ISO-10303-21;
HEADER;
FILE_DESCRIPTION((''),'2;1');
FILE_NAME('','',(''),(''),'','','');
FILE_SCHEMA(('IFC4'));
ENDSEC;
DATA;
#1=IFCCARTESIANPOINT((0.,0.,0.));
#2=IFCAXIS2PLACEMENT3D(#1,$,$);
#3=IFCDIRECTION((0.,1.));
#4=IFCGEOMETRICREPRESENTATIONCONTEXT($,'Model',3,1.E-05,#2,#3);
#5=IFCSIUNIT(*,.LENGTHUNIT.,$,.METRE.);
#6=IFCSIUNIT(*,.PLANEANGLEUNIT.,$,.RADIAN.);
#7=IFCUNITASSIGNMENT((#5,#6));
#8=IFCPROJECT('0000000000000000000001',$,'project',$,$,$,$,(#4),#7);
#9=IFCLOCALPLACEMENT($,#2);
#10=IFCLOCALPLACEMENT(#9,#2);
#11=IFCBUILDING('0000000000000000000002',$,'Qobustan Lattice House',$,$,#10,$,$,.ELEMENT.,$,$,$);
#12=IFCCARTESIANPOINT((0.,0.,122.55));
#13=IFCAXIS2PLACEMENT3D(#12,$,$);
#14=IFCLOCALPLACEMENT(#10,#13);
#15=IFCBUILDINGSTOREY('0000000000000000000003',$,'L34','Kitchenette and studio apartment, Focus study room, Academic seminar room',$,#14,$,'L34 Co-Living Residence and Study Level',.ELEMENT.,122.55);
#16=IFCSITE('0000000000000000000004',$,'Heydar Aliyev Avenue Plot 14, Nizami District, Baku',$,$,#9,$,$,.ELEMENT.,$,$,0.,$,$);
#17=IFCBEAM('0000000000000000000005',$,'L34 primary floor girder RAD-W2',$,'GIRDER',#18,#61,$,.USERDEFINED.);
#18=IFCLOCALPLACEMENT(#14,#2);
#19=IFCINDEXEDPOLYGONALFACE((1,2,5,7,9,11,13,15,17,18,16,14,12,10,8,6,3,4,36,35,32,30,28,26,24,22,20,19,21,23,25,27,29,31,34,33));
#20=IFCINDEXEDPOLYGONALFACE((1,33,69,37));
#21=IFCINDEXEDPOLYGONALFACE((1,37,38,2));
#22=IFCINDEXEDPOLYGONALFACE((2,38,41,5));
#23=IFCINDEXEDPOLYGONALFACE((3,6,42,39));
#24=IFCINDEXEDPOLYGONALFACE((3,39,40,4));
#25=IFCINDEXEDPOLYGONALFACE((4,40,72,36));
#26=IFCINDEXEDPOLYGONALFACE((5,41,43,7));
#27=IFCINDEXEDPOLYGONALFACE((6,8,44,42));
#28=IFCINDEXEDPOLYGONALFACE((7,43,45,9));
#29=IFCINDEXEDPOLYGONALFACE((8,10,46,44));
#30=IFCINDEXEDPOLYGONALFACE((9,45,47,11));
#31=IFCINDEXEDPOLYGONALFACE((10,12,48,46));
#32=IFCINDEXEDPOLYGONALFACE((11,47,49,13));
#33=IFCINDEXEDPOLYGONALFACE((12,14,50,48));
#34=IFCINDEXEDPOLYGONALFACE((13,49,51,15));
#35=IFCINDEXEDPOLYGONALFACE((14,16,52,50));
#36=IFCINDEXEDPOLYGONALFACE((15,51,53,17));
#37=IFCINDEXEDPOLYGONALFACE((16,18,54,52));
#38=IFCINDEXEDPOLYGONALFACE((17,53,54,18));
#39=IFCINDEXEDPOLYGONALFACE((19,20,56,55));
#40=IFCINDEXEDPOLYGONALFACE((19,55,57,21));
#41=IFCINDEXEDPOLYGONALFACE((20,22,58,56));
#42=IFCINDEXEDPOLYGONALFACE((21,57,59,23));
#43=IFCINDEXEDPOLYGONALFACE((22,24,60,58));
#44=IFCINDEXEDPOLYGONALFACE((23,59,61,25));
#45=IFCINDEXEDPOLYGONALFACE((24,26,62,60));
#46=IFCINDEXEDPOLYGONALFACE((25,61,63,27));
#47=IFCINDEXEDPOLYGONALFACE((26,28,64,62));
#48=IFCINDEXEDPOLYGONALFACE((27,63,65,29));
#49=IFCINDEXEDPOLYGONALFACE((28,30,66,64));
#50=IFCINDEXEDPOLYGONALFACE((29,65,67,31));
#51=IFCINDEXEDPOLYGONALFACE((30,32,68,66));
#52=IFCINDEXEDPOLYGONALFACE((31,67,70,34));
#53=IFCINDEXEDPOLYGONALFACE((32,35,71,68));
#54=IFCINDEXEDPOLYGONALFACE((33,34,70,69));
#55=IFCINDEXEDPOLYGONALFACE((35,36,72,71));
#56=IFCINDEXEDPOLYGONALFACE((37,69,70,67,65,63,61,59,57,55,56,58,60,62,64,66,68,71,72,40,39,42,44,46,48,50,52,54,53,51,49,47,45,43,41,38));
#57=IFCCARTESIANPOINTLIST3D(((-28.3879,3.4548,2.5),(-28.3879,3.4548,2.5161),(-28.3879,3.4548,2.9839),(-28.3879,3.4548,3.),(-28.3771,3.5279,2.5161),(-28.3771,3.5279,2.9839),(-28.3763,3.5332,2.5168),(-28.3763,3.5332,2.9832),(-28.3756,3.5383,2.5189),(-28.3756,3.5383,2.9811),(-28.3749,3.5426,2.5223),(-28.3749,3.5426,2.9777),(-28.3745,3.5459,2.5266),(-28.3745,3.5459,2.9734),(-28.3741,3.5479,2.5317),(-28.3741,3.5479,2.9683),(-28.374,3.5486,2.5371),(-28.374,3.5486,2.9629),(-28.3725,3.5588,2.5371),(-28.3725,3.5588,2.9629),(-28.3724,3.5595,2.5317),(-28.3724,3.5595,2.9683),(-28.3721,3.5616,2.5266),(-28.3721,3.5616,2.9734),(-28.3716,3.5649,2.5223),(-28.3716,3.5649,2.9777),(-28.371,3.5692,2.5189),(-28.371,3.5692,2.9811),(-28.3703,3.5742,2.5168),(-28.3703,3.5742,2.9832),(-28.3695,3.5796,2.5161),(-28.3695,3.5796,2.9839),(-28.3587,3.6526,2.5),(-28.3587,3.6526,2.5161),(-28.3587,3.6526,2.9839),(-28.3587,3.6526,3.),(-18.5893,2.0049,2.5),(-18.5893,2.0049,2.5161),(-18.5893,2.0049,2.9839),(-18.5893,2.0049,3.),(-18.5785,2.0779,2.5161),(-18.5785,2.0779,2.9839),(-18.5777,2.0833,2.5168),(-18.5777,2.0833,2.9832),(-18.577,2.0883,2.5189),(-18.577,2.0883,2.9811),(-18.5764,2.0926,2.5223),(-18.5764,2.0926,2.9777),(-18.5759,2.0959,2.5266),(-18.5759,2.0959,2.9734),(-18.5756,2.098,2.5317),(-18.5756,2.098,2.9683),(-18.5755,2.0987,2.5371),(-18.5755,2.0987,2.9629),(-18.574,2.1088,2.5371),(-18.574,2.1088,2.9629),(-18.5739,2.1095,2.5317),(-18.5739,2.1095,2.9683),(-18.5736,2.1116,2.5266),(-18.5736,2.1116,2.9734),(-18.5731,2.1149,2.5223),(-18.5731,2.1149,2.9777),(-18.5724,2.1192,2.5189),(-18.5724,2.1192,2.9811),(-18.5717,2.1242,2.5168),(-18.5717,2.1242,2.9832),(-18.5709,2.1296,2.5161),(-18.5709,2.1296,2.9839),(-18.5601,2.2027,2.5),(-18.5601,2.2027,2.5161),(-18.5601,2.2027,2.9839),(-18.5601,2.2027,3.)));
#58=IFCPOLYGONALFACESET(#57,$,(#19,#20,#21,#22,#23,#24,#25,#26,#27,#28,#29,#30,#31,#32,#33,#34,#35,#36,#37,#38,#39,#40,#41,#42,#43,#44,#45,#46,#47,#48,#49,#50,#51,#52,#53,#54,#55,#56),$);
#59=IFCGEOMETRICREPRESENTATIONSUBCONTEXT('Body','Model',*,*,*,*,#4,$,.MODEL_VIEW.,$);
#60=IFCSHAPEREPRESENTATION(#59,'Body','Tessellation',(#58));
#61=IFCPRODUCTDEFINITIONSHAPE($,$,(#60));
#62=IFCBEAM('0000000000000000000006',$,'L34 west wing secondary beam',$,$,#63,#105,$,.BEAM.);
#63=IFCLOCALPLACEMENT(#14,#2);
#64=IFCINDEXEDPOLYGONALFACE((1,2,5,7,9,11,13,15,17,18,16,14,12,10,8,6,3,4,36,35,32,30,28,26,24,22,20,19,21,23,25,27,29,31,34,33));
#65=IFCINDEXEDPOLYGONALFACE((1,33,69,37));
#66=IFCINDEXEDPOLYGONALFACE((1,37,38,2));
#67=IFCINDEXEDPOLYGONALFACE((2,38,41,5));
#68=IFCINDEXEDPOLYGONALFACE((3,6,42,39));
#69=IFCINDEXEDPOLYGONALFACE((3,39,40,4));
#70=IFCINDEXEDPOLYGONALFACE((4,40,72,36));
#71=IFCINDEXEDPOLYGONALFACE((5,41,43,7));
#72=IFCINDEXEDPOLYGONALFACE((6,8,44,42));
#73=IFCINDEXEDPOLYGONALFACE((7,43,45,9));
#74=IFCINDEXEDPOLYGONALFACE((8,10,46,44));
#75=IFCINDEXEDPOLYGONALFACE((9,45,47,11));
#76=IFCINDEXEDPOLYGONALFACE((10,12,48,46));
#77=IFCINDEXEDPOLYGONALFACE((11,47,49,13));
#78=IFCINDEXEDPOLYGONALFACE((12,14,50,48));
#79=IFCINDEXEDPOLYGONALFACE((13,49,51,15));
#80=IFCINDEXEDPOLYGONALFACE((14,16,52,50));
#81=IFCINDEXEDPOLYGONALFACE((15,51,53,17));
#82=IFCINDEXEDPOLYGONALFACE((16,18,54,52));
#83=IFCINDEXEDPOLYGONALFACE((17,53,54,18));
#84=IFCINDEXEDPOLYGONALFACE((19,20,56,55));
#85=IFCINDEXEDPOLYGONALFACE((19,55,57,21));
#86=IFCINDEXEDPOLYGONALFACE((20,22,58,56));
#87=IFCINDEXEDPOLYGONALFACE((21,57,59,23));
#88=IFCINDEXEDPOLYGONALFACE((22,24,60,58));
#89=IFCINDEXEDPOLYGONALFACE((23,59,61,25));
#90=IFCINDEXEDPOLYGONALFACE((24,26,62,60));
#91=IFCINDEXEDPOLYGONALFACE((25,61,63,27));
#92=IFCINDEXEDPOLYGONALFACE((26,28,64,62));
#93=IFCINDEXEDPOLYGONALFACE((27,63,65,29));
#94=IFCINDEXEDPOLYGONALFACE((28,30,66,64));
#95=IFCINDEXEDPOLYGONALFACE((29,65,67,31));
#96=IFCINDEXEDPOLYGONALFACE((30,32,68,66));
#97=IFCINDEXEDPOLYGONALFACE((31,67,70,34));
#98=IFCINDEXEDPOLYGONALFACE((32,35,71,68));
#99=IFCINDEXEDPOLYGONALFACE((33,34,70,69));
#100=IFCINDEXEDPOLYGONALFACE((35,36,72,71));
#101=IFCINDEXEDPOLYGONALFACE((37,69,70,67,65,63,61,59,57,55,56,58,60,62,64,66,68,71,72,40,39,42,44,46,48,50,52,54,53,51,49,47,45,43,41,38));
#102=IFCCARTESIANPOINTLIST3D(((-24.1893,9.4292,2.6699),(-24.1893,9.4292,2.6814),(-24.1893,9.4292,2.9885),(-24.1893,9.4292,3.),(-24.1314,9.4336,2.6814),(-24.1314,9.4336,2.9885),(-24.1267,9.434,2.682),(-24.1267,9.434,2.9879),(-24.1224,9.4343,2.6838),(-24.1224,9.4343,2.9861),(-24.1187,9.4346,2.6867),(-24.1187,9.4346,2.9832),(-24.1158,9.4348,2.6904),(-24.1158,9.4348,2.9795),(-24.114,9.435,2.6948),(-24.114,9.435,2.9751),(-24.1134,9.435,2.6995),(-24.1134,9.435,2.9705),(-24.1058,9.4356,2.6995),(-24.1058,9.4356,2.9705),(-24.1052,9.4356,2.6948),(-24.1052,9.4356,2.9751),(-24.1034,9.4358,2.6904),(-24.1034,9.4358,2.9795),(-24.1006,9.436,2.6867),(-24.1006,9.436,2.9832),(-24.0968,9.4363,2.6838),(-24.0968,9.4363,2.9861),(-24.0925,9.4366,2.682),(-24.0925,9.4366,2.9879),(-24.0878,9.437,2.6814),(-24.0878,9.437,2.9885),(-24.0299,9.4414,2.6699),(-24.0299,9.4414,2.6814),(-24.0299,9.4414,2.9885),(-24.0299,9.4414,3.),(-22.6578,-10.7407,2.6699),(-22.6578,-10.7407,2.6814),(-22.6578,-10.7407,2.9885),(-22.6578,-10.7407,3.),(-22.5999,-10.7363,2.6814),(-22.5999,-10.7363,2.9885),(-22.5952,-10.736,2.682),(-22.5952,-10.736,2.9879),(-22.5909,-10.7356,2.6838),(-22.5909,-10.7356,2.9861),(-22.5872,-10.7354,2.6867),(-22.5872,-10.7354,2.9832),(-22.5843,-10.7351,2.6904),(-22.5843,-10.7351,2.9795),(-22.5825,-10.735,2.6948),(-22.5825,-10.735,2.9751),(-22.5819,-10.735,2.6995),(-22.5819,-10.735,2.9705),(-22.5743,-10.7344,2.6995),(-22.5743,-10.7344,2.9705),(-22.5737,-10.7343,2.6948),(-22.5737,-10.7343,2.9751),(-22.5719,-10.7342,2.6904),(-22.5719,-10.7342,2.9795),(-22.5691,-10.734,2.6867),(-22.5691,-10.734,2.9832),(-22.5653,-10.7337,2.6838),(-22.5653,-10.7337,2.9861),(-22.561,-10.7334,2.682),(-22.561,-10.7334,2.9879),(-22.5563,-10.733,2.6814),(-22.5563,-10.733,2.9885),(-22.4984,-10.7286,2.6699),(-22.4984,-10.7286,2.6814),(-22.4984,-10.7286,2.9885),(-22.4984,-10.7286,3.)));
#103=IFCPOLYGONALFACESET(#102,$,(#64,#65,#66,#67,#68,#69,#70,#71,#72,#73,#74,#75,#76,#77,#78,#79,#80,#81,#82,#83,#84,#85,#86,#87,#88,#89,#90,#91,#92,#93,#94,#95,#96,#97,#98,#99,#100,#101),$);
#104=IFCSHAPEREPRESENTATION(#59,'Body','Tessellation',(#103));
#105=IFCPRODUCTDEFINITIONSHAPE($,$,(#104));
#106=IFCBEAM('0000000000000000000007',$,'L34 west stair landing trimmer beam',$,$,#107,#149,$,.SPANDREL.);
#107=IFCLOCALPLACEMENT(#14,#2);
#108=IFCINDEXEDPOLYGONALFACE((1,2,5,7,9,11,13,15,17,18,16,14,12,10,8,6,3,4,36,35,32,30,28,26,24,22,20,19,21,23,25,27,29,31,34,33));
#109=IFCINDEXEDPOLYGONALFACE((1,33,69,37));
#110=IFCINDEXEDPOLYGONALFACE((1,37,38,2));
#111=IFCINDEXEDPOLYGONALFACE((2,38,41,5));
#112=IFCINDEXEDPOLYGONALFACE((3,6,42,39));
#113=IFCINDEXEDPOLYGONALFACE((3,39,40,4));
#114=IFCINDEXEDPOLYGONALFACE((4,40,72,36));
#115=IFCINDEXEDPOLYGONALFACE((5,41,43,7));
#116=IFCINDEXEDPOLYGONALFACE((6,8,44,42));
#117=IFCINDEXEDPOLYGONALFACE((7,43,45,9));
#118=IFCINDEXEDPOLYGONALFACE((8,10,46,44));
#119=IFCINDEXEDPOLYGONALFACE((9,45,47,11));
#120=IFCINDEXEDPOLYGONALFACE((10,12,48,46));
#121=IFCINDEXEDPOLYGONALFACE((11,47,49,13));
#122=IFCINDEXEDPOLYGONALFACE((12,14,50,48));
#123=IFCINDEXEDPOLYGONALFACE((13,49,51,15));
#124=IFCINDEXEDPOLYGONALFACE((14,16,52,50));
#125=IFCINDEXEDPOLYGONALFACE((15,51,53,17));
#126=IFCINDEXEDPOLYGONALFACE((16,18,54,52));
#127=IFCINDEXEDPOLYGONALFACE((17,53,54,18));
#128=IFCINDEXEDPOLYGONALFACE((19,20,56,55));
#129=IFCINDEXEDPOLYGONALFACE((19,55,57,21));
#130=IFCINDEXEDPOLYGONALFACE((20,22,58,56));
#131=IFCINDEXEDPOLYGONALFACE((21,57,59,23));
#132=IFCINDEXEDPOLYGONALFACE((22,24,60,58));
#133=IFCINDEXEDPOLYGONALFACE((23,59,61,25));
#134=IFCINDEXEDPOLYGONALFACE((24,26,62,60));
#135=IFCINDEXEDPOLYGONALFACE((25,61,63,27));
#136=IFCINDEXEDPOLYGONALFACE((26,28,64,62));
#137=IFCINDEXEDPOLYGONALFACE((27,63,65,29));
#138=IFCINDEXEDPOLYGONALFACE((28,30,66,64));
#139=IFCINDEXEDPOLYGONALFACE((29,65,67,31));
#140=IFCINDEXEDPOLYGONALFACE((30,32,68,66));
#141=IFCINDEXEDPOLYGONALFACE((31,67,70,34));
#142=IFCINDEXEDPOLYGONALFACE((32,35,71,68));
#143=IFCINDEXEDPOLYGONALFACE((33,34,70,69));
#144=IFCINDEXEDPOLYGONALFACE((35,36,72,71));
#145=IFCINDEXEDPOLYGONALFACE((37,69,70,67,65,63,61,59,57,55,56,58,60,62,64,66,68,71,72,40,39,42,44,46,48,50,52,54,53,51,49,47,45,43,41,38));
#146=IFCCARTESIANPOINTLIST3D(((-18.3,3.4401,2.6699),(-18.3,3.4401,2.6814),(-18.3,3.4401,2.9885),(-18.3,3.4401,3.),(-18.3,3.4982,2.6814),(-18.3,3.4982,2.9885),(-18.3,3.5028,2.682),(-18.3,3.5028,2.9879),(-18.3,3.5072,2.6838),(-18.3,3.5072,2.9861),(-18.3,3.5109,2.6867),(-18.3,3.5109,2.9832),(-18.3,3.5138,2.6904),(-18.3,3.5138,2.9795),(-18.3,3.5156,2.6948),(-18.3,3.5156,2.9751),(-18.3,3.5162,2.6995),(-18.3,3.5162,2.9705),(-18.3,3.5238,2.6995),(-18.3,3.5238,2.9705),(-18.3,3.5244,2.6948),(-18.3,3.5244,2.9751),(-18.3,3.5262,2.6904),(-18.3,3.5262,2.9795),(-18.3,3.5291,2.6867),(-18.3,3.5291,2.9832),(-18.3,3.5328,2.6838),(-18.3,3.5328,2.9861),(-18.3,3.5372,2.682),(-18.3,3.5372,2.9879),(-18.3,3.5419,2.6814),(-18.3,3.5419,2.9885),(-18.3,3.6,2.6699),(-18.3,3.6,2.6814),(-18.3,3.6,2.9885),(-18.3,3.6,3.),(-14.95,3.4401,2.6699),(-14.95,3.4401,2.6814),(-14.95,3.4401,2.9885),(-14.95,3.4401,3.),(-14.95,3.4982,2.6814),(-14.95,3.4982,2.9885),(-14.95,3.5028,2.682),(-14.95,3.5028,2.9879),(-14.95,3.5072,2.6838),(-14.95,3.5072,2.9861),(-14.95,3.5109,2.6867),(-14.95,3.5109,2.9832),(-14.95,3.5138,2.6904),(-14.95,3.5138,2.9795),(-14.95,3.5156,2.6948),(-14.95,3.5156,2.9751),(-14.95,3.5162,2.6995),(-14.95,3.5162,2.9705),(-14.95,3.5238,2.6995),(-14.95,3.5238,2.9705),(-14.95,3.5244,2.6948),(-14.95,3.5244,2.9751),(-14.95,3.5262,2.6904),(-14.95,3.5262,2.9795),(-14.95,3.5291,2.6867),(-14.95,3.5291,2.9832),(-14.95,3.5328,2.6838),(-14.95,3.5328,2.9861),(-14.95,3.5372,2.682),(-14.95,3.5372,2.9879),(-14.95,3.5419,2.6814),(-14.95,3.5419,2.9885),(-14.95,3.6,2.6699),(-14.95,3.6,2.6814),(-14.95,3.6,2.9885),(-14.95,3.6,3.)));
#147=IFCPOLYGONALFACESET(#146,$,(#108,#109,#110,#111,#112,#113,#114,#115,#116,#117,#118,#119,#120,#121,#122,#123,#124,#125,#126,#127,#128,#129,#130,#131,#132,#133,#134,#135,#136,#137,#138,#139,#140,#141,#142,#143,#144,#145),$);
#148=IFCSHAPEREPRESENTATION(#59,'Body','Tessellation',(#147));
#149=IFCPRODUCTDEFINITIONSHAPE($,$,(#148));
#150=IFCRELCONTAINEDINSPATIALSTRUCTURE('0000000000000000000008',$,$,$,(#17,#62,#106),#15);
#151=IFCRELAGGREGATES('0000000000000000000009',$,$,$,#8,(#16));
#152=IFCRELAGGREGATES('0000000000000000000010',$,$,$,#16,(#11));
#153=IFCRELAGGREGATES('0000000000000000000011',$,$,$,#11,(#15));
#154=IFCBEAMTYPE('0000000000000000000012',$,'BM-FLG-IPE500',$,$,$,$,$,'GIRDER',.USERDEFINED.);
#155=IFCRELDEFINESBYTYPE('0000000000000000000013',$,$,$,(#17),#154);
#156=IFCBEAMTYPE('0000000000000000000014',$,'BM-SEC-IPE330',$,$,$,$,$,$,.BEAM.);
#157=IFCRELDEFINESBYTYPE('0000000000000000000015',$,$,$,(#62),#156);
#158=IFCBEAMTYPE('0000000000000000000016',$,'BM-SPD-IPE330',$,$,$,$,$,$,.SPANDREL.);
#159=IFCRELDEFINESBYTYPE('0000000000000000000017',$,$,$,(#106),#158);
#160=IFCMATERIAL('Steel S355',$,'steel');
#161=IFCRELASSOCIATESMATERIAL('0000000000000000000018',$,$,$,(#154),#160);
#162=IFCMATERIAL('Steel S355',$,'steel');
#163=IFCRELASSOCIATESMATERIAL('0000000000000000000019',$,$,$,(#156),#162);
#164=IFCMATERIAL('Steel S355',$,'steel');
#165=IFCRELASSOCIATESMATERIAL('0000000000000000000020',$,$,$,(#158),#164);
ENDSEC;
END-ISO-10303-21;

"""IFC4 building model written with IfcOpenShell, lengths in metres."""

from ifc_helpers import new_model, si_unit, direction, frame, origin, origin_2d, place, context, subcontext, project, spatial, i_section, extrude, material, material_profile, profile_set, type_object, element, save


model = new_model("IFC4")

# Units and contexts
model_context = context("Model", 3, precision=1e-05, world=origin(), true_north=direction((0.0, 1.0)))
body_context = subcontext(model_context, "Body", "Model", "MODEL_VIEW")
ifc_project = project(units=[si_unit("LENGTHUNIT", "METRE"), si_unit("PLANEANGLEUNIT", "RADIAN")], contexts=[model_context])

# Site, building, storey
site_placement = place(None, origin())
site = spatial("IfcSite", under=ifc_project, at=site_placement, Name="Heydar Aliyev Avenue Plot 14, Nizami District, Baku", CompositionType="ELEMENT", RefElevation=0.0)
building_placement = place(site_placement, origin())
building = spatial("IfcBuilding", under=site, at=building_placement, Name="Qobustan Lattice House", CompositionType="ELEMENT")
storey_placement = place(building_placement, frame((0.0, 0.0, 122.55)))
storey = spatial("IfcBuildingStorey", under=building, at=storey_placement, Name="L34", Description="Kitchenette and studio apartment, Focus study room, Academic seminar room", LongName="L34 Co-Living Residence and Study Level", CompositionType="ELEMENT", Elevation=122.55)

# Beams
ifc_material_1 = material(Name="Steel S355", Category="steel")
ifc_material_profile_1 = material_profile(ifc_material_1, i_section(OverallWidth=0.2, OverallDepth=0.5, WebThickness=0.0103, FlangeThickness=0.0161, FilletRadius=0.021, at=origin_2d()), Name="IPE500")
ifc_profile_set_1 = profile_set([ifc_material_profile_1], Name="Steel S355")
beam_type_1 = type_object("IfcBeamType", Name="BM-FLG-IPE500", ElementType="GIRDER", PredefinedType="USERDEFINED", material=ifc_profile_set_1)
beam_1_placement = place(storey_placement, frame((-28.3733, 3.5537, 2.75), z_axis=(0.989228, -0.146382, 0.0), x_axis=(0.146382, 0.989228, 0.0)))
element("IfcBeam", 1, at=beam_1_placement, inside=storey, type_object=beam_type_1, Name="L34 primary floor girder RAD-W2", ObjectType="GIRDER", PredefinedType="USERDEFINED", context=body_context, shape_type="SweptSolid", body=[
    extrude(i_section(OverallWidth=0.2, OverallDepth=0.5, WebThickness=0.0103, FlangeThickness=0.0161, FilletRadius=0.021, at=origin_2d()), origin(), (0.0, 0.0, 1.0), 9.9053),
])
ifc_material_2 = material(Name="Steel S355", Category="steel")
ifc_material_profile_2 = material_profile(ifc_material_2, i_section(OverallWidth=0.1599, OverallDepth=0.3301, WebThickness=0.0076, FlangeThickness=0.0115, FilletRadius=0.0181, at=origin_2d()), Name="IPE330")
ifc_profile_set_2 = profile_set([ifc_material_profile_2], Name="Steel S355")
beam_type_2 = type_object("IfcBeamType", Name="BM-SEC-IPE330", PredefinedType="BEAM", material=ifc_profile_set_2)
beam_2_placement = place(storey_placement, frame((-24.1096, 9.4353, 2.835), z_axis=(0.075712, -0.99713, 0.0), x_axis=(0.99713, 0.075712, 0.0)))
element("IfcBeam", 2, at=beam_2_placement, inside=storey, type_object=beam_type_2, Name="L34 west wing secondary beam", PredefinedType="BEAM", context=body_context, shape_type="SweptSolid", body=[
    extrude(i_section(OverallWidth=0.1599, OverallDepth=0.3301, WebThickness=0.0076, FlangeThickness=0.0115, FilletRadius=0.0181, at=origin_2d()), origin(), (0.0, 0.0, 1.0), 20.228),
])
ifc_material_3 = material(Name="Steel S355", Category="steel")
ifc_material_profile_3 = material_profile(ifc_material_3, i_section(OverallWidth=0.1599, OverallDepth=0.3301, WebThickness=0.0076, FlangeThickness=0.0115, FilletRadius=0.0181, at=origin_2d()), Name="IPE330")
ifc_profile_set_3 = profile_set([ifc_material_profile_3], Name="Steel S355")
beam_type_3 = type_object("IfcBeamType", Name="BM-SPD-IPE330", PredefinedType="SPANDREL", material=ifc_profile_set_3)
beam_3_placement = place(storey_placement, frame((-18.3, 3.52, 2.835), z_axis=(1.0, 0.0, 0.0), x_axis=(0.0, 1.0, 0.0)))
element("IfcBeam", 3, at=beam_3_placement, inside=storey, type_object=beam_type_3, Name="L34 west stair landing trimmer beam", PredefinedType="SPANDREL", context=body_context, shape_type="SweptSolid", body=[
    extrude(i_section(OverallWidth=0.1599, OverallDepth=0.3301, WebThickness=0.0076, FlangeThickness=0.0115, FilletRadius=0.0181, at=origin_2d()), origin(), (0.0, 0.0, 1.0), 3.3501),
])

save(model, "model.ifc")
